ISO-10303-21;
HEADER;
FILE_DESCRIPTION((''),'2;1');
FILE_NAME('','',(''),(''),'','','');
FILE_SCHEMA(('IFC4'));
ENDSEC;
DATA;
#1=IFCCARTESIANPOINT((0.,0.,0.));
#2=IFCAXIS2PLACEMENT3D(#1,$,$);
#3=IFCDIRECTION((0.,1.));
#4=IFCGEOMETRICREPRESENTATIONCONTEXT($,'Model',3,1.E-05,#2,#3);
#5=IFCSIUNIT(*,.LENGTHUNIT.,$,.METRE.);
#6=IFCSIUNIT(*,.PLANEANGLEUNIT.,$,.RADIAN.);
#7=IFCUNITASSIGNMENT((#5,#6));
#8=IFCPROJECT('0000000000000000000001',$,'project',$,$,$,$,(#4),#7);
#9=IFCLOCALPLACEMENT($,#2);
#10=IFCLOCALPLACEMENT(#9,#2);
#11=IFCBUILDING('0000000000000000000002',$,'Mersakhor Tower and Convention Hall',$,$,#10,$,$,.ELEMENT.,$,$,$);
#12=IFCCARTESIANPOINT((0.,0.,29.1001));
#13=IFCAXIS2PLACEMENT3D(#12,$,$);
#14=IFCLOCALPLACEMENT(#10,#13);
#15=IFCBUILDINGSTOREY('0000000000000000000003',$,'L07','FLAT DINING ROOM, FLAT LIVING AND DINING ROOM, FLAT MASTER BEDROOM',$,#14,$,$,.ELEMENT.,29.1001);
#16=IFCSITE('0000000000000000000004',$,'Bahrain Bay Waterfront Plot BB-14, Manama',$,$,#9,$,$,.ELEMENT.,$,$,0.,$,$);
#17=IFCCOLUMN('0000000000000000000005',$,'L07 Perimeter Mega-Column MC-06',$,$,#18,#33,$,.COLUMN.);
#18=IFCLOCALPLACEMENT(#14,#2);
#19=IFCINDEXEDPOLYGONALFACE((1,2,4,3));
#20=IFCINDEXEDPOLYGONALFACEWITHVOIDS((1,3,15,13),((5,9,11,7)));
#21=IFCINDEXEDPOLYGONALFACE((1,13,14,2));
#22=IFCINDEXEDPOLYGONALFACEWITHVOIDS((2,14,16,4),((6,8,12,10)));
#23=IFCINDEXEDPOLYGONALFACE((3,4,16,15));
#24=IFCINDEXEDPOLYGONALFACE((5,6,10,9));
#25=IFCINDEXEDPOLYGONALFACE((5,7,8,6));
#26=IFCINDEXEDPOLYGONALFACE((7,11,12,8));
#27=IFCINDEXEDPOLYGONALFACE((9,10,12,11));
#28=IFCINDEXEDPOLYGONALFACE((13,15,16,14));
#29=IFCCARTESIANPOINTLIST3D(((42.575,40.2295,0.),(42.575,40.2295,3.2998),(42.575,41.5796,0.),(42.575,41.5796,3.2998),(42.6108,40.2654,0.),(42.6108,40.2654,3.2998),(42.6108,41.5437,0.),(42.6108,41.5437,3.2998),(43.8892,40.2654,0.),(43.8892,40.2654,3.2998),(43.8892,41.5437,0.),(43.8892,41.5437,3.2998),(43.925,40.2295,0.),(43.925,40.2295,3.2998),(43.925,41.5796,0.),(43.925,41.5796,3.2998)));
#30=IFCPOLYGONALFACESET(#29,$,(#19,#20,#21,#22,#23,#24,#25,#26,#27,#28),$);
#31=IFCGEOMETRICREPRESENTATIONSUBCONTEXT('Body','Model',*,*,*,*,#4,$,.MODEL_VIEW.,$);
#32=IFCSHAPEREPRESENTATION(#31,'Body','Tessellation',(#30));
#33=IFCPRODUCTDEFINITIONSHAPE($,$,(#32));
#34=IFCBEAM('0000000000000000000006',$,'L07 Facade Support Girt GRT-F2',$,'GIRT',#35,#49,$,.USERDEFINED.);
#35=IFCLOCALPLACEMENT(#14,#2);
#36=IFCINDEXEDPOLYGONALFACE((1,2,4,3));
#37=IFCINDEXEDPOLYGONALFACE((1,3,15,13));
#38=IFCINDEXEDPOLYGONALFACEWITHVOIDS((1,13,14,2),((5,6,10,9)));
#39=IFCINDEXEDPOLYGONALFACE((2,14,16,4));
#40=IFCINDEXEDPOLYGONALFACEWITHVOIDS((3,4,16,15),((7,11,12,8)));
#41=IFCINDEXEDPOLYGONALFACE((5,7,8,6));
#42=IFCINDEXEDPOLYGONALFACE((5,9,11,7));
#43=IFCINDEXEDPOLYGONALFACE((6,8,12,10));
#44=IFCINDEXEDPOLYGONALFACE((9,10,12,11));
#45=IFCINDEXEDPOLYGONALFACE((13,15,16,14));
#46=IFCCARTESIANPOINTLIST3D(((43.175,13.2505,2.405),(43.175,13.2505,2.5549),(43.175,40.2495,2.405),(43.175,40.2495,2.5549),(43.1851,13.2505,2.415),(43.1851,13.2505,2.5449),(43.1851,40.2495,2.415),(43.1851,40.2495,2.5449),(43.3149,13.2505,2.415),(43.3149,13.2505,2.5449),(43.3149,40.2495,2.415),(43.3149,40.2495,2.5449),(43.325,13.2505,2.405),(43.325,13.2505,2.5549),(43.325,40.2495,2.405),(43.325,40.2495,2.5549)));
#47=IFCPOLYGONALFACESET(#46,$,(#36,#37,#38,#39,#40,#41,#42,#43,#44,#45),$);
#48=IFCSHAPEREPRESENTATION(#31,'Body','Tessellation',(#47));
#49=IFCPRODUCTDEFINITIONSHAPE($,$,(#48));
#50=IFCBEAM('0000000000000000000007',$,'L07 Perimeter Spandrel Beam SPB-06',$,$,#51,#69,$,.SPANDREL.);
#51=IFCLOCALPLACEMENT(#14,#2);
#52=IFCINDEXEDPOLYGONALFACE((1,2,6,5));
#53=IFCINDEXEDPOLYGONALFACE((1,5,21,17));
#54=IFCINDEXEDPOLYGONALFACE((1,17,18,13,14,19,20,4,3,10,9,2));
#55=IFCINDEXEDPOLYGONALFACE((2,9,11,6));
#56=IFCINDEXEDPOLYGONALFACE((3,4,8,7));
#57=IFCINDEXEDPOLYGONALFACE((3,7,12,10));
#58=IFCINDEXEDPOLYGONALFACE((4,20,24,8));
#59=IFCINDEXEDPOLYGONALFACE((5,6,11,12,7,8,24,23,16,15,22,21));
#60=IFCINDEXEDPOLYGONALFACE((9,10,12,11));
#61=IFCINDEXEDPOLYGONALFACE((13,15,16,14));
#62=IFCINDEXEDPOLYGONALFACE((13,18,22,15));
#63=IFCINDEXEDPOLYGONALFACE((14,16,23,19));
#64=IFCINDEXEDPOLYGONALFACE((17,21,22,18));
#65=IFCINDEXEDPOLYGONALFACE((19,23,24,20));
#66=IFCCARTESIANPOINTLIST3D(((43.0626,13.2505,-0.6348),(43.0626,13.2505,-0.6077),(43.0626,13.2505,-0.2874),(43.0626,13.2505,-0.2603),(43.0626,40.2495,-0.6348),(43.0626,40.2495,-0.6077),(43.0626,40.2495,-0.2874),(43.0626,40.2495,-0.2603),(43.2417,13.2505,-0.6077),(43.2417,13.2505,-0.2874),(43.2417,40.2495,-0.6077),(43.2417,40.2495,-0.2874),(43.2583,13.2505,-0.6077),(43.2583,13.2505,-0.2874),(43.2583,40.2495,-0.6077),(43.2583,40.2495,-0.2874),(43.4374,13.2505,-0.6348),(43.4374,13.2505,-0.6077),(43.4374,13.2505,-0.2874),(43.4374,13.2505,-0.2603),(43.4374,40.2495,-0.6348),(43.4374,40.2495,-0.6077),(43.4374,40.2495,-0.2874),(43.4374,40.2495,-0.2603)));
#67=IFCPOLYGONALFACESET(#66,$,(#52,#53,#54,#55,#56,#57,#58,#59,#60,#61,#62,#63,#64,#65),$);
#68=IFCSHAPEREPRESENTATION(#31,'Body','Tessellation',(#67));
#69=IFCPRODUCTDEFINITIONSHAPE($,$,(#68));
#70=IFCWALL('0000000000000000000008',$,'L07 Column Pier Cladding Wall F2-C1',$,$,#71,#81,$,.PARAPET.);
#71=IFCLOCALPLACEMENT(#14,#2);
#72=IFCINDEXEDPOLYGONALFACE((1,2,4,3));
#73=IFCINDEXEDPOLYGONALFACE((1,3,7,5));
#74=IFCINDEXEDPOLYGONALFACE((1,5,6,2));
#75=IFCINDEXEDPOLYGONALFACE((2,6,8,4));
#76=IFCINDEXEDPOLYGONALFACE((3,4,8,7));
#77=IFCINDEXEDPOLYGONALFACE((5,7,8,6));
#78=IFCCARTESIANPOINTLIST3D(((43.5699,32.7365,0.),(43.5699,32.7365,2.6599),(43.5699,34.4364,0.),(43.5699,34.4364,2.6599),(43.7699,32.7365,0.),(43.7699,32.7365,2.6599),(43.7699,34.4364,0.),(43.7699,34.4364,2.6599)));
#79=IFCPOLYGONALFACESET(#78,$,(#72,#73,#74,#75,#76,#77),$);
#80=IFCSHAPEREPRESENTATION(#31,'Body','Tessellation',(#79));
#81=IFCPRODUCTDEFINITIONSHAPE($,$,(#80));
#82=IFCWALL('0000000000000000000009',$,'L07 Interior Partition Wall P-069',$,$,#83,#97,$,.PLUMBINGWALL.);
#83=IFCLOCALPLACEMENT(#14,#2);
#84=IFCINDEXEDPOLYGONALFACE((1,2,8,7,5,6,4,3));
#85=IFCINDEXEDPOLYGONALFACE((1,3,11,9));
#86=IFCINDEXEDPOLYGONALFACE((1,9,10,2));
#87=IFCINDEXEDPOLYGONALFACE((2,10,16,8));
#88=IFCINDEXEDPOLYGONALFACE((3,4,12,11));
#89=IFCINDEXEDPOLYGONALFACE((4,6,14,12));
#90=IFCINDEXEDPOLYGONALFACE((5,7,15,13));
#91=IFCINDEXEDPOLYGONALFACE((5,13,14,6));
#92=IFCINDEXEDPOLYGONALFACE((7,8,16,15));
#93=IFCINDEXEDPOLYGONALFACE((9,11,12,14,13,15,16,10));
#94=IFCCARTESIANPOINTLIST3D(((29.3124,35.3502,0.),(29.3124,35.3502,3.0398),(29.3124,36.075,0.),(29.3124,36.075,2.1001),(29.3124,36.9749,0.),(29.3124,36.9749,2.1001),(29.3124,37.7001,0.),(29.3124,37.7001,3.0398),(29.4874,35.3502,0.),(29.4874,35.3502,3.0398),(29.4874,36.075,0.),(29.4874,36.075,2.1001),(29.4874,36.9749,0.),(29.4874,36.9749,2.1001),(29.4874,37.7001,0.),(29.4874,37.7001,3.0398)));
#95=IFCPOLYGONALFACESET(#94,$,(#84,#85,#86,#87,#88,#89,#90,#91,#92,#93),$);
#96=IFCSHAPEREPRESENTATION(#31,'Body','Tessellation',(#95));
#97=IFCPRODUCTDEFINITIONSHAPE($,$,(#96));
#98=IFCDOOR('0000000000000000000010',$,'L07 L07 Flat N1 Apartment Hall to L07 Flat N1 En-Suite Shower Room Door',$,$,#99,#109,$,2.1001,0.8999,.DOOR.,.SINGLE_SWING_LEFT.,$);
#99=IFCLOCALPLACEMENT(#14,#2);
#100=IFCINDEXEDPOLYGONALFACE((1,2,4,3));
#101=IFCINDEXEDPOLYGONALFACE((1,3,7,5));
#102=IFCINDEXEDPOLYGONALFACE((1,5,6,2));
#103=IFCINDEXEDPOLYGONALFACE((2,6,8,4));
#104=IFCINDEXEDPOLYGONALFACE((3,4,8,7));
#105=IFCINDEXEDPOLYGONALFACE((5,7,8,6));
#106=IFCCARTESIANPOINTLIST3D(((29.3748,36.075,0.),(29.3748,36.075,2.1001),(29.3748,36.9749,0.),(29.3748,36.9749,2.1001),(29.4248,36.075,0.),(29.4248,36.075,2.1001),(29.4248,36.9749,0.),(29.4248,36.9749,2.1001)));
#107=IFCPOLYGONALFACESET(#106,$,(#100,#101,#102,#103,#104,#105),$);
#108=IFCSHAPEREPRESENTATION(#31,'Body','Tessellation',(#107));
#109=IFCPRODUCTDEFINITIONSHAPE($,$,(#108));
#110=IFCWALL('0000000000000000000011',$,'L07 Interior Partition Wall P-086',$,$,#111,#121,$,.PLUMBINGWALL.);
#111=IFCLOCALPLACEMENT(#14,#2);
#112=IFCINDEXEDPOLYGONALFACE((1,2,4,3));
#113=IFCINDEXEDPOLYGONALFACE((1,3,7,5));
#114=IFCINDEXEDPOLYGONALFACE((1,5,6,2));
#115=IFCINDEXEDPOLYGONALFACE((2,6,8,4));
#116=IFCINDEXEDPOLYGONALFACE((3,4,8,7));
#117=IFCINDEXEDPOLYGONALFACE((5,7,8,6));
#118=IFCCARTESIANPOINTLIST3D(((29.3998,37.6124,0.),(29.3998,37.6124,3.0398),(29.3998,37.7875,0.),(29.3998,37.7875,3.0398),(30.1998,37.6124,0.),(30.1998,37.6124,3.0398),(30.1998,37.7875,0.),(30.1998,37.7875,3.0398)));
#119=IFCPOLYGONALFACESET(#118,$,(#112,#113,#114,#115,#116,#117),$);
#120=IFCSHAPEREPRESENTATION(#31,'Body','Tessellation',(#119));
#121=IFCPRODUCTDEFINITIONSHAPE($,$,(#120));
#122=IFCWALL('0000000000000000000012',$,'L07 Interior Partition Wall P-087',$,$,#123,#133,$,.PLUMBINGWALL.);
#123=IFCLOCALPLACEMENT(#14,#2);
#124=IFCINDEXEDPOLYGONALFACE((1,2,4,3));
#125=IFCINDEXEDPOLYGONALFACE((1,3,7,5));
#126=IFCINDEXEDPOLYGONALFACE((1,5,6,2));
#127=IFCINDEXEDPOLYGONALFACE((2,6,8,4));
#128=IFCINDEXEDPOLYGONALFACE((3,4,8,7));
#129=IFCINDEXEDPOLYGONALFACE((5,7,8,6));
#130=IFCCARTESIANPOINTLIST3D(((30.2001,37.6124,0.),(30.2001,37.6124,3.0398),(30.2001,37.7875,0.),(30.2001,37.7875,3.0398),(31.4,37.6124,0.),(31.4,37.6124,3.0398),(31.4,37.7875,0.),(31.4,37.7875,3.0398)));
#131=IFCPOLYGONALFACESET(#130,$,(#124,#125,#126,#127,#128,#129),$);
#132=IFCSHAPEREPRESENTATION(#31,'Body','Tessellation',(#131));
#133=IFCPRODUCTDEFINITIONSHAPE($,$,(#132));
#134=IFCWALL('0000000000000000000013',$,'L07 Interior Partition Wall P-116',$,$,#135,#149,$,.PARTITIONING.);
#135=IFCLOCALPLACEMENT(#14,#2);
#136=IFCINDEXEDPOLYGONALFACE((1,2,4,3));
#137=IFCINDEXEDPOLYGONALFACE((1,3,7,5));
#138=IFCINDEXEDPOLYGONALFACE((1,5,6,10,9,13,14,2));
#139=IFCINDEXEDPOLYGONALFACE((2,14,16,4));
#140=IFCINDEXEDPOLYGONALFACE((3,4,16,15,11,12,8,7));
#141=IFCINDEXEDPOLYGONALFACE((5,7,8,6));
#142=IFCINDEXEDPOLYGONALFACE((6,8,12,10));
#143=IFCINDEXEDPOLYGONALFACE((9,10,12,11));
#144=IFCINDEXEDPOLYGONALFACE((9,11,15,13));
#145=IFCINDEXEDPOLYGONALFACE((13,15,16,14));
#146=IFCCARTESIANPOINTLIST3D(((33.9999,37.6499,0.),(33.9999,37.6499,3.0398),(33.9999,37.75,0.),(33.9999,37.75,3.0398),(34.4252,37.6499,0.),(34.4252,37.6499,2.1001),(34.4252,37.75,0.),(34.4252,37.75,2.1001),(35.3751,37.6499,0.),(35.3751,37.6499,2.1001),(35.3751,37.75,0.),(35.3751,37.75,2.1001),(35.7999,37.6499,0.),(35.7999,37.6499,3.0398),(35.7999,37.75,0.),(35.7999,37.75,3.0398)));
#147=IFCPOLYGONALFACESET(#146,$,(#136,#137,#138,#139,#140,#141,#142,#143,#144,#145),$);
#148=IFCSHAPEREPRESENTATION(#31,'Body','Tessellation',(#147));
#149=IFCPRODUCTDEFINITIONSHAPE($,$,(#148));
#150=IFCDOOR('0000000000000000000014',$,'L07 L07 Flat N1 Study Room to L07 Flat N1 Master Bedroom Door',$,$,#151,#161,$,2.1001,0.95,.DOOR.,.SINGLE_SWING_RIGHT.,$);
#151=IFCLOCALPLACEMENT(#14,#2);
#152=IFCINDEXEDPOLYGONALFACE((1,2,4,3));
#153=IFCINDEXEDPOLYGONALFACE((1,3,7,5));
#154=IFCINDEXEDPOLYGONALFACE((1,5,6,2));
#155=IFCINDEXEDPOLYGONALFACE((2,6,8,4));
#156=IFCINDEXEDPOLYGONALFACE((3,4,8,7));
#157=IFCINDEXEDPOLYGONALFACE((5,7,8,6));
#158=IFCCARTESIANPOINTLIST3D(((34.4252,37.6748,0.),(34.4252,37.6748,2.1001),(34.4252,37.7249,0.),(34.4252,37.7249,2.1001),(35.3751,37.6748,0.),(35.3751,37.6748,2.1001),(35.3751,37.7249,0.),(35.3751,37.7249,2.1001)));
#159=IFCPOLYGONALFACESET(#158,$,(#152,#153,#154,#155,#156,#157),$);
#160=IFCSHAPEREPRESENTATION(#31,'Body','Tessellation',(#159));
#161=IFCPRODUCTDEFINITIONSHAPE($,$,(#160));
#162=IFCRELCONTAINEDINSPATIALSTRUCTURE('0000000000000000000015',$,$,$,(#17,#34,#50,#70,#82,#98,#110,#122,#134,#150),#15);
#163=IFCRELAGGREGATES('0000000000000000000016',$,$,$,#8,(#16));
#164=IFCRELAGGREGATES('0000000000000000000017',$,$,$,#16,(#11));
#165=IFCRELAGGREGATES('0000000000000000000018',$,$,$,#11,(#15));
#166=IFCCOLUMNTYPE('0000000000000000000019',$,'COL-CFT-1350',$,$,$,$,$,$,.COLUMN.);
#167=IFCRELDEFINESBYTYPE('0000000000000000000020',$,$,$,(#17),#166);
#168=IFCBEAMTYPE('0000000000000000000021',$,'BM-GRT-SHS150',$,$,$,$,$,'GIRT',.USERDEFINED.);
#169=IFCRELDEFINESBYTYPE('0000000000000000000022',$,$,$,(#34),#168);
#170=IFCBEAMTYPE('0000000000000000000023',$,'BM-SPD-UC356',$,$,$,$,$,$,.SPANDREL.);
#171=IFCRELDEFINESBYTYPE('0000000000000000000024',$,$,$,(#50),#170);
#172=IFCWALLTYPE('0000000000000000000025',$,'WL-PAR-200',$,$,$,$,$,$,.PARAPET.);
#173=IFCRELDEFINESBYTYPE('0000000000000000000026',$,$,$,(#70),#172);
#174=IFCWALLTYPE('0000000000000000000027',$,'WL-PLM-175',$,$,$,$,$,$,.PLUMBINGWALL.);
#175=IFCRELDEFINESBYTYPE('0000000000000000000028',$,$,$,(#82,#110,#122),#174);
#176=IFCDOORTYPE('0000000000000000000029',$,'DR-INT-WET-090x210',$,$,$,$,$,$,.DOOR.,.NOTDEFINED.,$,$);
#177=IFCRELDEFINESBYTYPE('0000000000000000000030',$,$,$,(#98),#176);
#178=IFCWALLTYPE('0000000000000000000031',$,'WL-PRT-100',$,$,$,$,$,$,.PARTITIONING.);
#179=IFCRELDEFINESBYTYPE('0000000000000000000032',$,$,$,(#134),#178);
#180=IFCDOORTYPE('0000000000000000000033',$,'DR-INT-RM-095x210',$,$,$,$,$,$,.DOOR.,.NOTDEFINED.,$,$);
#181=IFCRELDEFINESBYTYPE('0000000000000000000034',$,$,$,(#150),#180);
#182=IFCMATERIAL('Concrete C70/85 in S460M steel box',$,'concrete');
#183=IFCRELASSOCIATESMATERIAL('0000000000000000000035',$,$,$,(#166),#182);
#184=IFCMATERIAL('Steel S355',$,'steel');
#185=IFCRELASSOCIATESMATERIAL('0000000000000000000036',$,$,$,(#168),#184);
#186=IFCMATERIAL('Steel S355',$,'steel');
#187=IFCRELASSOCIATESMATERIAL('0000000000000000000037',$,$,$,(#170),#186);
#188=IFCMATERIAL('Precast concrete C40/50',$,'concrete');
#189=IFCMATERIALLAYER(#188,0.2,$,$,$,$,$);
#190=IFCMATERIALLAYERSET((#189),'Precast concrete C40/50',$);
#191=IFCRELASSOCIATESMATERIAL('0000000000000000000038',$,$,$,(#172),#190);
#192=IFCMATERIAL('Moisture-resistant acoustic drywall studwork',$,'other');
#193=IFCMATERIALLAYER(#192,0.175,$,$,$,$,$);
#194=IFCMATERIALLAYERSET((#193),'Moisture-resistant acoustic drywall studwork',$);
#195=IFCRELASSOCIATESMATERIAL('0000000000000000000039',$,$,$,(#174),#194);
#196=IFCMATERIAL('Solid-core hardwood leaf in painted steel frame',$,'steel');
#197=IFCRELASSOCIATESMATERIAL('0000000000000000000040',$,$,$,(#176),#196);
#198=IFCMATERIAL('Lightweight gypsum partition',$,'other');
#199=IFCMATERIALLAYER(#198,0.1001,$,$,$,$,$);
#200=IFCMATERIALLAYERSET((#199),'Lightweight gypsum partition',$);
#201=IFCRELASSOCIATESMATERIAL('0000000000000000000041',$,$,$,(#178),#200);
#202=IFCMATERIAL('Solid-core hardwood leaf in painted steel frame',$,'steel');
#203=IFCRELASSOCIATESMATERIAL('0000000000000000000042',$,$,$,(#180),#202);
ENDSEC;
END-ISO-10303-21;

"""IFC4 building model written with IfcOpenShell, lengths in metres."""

from ifc_helpers import new_model, si_unit, direction, frame, frame_2d, origin, origin_2d, place, context, subcontext, project, spatial, rectangle, hollow_rectangle, i_section, extrude, material, layer, layer_set, material_profile, profile_set, type_object, element, fill, save


model = new_model("IFC4")

# Units and contexts
model_context = context("Model", 3, precision=1e-05, world=origin(), true_north=direction((0.0, 1.0)))
body_context = subcontext(model_context, "Body", "Model", "MODEL_VIEW")
ifc_project = project(units=[si_unit("LENGTHUNIT", "METRE"), si_unit("PLANEANGLEUNIT", "RADIAN")], contexts=[model_context])

# Site, building, storey
site_placement = place(None, origin())
site = spatial("IfcSite", under=ifc_project, at=site_placement, Name="Bahrain Bay Waterfront Plot BB-14, Manama", CompositionType="ELEMENT", RefElevation=0.0)
building_placement = place(site_placement, origin())
building = spatial("IfcBuilding", under=site, at=building_placement, Name="Mersakhor Tower and Convention Hall", CompositionType="ELEMENT")
storey_placement = place(building_placement, frame((0.0, 0.0, 29.1001)))
storey = spatial("IfcBuildingStorey", under=building, at=storey_placement, Name="L07", Description="FLAT DINING ROOM, FLAT LIVING AND DINING ROOM, FLAT MASTER BEDROOM", CompositionType="ELEMENT", Elevation=29.1001)

# Column
ifc_material_1 = material(Name="Concrete C70/85 in S460M steel box", Category="concrete")
ifc_material_profile_1 = material_profile(ifc_material_1, hollow_rectangle(XDim=1.3501, YDim=1.3501, WallThickness=0.0359, at=origin_2d()), Name="SHS 1350x1350x36")
ifc_profile_set_1 = profile_set([ifc_material_profile_1], Name="Concrete C70/85 in S460M steel box")
column_type = type_object("IfcColumnType", Name="COL-CFT-1350", PredefinedType="COLUMN", material=ifc_profile_set_1)
column_placement = place(storey_placement, frame((43.25, 40.9045, 0.0), z_axis=(0.0, 0.0, 1.0), x_axis=(1.0, 0.0, 0.0)))
element("IfcColumn", 1, at=column_placement, inside=storey, type_object=column_type, Name="L07 Perimeter Mega-Column MC-06", PredefinedType="COLUMN", context=body_context, shape_type="SweptSolid", body=[
    extrude(hollow_rectangle(XDim=1.3501, YDim=1.3501, WallThickness=0.0359, at=origin_2d()), origin(), (0.0, 0.0, 1.0), 3.2998),
])

# Beams
ifc_material_2 = material(Name="Steel S355", Category="steel")
ifc_material_profile_2 = material_profile(ifc_material_2, hollow_rectangle(XDim=0.1499, YDim=0.1499, WallThickness=0.01, at=origin_2d()), Name="SHS 150x150x10")
ifc_profile_set_2 = profile_set([ifc_material_profile_2], Name="Steel S355")
beam_type_1 = type_object("IfcBeamType", Name="BM-GRT-SHS150", ElementType="GIRT", PredefinedType="USERDEFINED", material=ifc_profile_set_2)
beam_1_placement = place(storey_placement, frame((43.25, 40.2495, 2.48), z_axis=(0.0, -1.0, 0.0), x_axis=(1.0, 0.0, 0.0)))
element("IfcBeam", 2, at=beam_1_placement, inside=storey, type_object=beam_type_1, Name="L07 Facade Support Girt GRT-F2", ObjectType="GIRT", PredefinedType="USERDEFINED", context=body_context, shape_type="SweptSolid", body=[
    extrude(hollow_rectangle(XDim=0.1499, YDim=0.1499, WallThickness=0.01, at=origin_2d()), origin(), (0.0, 0.0, 1.0), 26.999),
])
ifc_material_3 = material(Name="Steel S355", Category="steel")
ifc_material_profile_3 = material_profile(ifc_material_3, i_section(OverallWidth=0.3748, OverallDepth=0.3745, WebThickness=0.0166, FlangeThickness=0.0271, at=origin_2d()), Name="UC 356x368x202")
ifc_profile_set_3 = profile_set([ifc_material_profile_3], Name="Steel S355")
beam_type_2 = type_object("IfcBeamType", Name="BM-SPD-UC356", PredefinedType="SPANDREL", material=ifc_profile_set_3)
beam_2_placement = place(storey_placement, frame((43.25, 40.2495, -0.4475), z_axis=(0.0, -1.0, 0.0), x_axis=(1.0, 0.0, 0.0)))
element("IfcBeam", 3, at=beam_2_placement, inside=storey, type_object=beam_type_2, Name="L07 Perimeter Spandrel Beam SPB-06", PredefinedType="SPANDREL", context=body_context, shape_type="SweptSolid", body=[
    extrude(i_section(OverallWidth=0.3748, OverallDepth=0.3745, WebThickness=0.0166, FlangeThickness=0.0271, at=origin_2d()), origin(), (0.0, 0.0, 1.0), 26.999),
])

# Wall
ifc_material_4 = material(Name="Precast concrete C40/50", Category="concrete")
ifc_layer_1 = layer(ifc_material_4, 0.2)
ifc_layer_set_1 = layer_set([ifc_layer_1], Name="Precast concrete C40/50")
wall_type_1 = type_object("IfcWallType", Name="WL-PAR-200", PredefinedType="PARAPET", material=ifc_layer_set_1)
wall_1_placement = place(storey_placement, frame((43.6699, 34.4365, 0.0), z_axis=(0.0, 0.0, 1.0), x_axis=(0.0, -1.0, 0.0)))
element("IfcWall", 4, at=wall_1_placement, inside=storey, type_object=wall_type_1, Name="L07 Column Pier Cladding Wall F2-C1", PredefinedType="PARAPET", context=body_context, shape_type="SweptSolid", body=[
    extrude(rectangle(XDim=1.7, YDim=0.2, at=frame_2d((0.8501, 0.0))), origin(), (0.0, 0.0, 1.0), 2.6599),
])

# Wall, opening, door
ifc_material_5 = material(Name="Moisture-resistant acoustic drywall studwork", Category="other")
ifc_layer_2 = layer(ifc_material_5, 0.175)
ifc_layer_set_2 = layer_set([ifc_layer_2], Name="Moisture-resistant acoustic drywall studwork")
wall_type_2 = type_object("IfcWallType", Name="WL-PLM-175", PredefinedType="PLUMBINGWALL", material=ifc_layer_set_2)
wall_2_placement = place(storey_placement, frame((29.3999, 37.7, 0.0), z_axis=(0.0, 0.0, 1.0), x_axis=(0.0, -1.0, 0.0)))
wall_2 = element("IfcWall", 5, at=wall_2_placement, inside=storey, type_object=wall_type_2, Name="L07 Interior Partition Wall P-069", PredefinedType="PLUMBINGWALL", context=body_context, shape_type="SweptSolid", body=[
    extrude(rectangle(XDim=2.3499, YDim=0.175, at=frame_2d((1.1748, 0.0))), origin(), (0.0, 0.0, 1.0), 3.0398),
])
opening_1_placement = place(wall_2_placement, frame((0.7251, 0.0, 0.0)))
opening_1 = element("IfcOpeningElement", 6, at=opening_1_placement, cuts=wall_2, PredefinedType="OPENING", context=body_context, shape_type="SweptSolid", body=[
    extrude(rectangle(XDim=0.8999, YDim=2.1001, at=frame_2d((0.45, 1.05))), frame((0.0, 0.0974, 0.0), z_axis=(0.0, -1.0, 0.0), x_axis=(1.0, 0.0, 0.0)), (0.0, 0.0, 1.0), 0.1951),
])
ifc_material_6 = material(Name="Solid-core hardwood leaf in painted steel frame", Category="steel")
door_type_1 = type_object("IfcDoorType", Name="DR-INT-WET-090x210", OperationType="NOTDEFINED", PredefinedType="DOOR", material=ifc_material_6)
door_1_placement = place(opening_1_placement, origin())
door_1 = element("IfcDoor", 7, at=door_1_placement, inside=storey, type_object=door_type_1, Name="L07 L07 Flat N1 Apartment Hall to L07 Flat N1 En-Suite Shower Room Door", OperationType="SINGLE_SWING_LEFT", OverallHeight=2.1001, OverallWidth=0.8999, PredefinedType="DOOR", context=body_context, shape_type="SweptSolid", body=[
    extrude(rectangle(XDim=0.8999, YDim=2.1001, at=frame_2d((0.45, 1.05))), frame((0.0, 0.0249, 0.0), z_axis=(0.0, -1.0, 0.0), x_axis=(1.0, 0.0, 0.0)), (0.0, 0.0, 1.0), 0.05),
])
fill(opening_1, door_1)

# Walls
wall_3_placement = place(storey_placement, frame((29.3999, 37.7, 0.0), z_axis=(0.0, 0.0, 1.0), x_axis=(1.0, 0.0, 0.0)))
element("IfcWall", 8, at=wall_3_placement, inside=storey, type_object=wall_type_2, Name="L07 Interior Partition Wall P-086", PredefinedType="PLUMBINGWALL", context=body_context, shape_type="SweptSolid", body=[
    extrude(rectangle(XDim=0.8, YDim=0.175, at=frame_2d((0.3999, 0.0))), origin(), (0.0, 0.0, 1.0), 3.0398),
])
wall_4_placement = place(storey_placement, frame((30.2, 37.7, 0.0), z_axis=(0.0, 0.0, 1.0), x_axis=(1.0, 0.0, 0.0)))
element("IfcWall", 9, at=wall_4_placement, inside=storey, type_object=wall_type_2, Name="L07 Interior Partition Wall P-087", PredefinedType="PLUMBINGWALL", context=body_context, shape_type="SweptSolid", body=[
    extrude(rectangle(XDim=1.2, YDim=0.175, at=frame_2d((0.6001, 0.0))), origin(), (0.0, 0.0, 1.0), 3.0398),
])

# Wall, opening, door
ifc_material_7 = material(Name="Lightweight gypsum partition", Category="other")
ifc_layer_3 = layer(ifc_material_7, 0.1001)
ifc_layer_set_3 = layer_set([ifc_layer_3], Name="Lightweight gypsum partition")
wall_type_3 = type_object("IfcWallType", Name="WL-PRT-100", PredefinedType="PARTITIONING", material=ifc_layer_set_3)
wall_5_placement = place(storey_placement, frame((34.0, 37.7, 0.0), z_axis=(0.0, 0.0, 1.0), x_axis=(1.0, 0.0, 0.0)))
wall_5 = element("IfcWall", 10, at=wall_5_placement, inside=storey, type_object=wall_type_3, Name="L07 Interior Partition Wall P-116", PredefinedType="PARTITIONING", context=body_context, shape_type="SweptSolid", body=[
    extrude(rectangle(XDim=1.8, YDim=0.1001, at=frame_2d((0.8999, 0.0))), origin(), (0.0, 0.0, 1.0), 3.0398),
])
opening_2_placement = place(wall_5_placement, frame((0.425, 0.0, 0.0)))
opening_2 = element("IfcOpeningElement", 11, at=opening_2_placement, cuts=wall_5, PredefinedType="OPENING", context=body_context, shape_type="SweptSolid", body=[
    extrude(rectangle(XDim=0.95, YDim=2.1001, at=frame_2d((0.4751, 1.05))), frame((0.0, 0.0601, 0.0), z_axis=(0.0, -1.0, 0.0), x_axis=(1.0, 0.0, 0.0)), (0.0, 0.0, 1.0), 0.1201),
])
ifc_material_8 = material(Name="Solid-core hardwood leaf in painted steel frame", Category="steel")
door_type_2 = type_object("IfcDoorType", Name="DR-INT-RM-095x210", OperationType="NOTDEFINED", PredefinedType="DOOR", material=ifc_material_8)
door_2_placement = place(opening_2_placement, origin())
door_2 = element("IfcDoor", 12, at=door_2_placement, inside=storey, type_object=door_type_2, Name="L07 L07 Flat N1 Study Room to L07 Flat N1 Master Bedroom Door", OperationType="SINGLE_SWING_RIGHT", OverallHeight=2.1001, OverallWidth=0.95, PredefinedType="DOOR", context=body_context, shape_type="SweptSolid", body=[
    extrude(rectangle(XDim=0.95, YDim=2.1001, at=frame_2d((0.4751, 1.05))), frame((0.0, 0.0249, 0.0), z_axis=(0.0, -1.0, 0.0), x_axis=(1.0, 0.0, 0.0)), (0.0, 0.0, 1.0), 0.05),
])
fill(opening_2, door_2)

save(model, "model.ifc")
